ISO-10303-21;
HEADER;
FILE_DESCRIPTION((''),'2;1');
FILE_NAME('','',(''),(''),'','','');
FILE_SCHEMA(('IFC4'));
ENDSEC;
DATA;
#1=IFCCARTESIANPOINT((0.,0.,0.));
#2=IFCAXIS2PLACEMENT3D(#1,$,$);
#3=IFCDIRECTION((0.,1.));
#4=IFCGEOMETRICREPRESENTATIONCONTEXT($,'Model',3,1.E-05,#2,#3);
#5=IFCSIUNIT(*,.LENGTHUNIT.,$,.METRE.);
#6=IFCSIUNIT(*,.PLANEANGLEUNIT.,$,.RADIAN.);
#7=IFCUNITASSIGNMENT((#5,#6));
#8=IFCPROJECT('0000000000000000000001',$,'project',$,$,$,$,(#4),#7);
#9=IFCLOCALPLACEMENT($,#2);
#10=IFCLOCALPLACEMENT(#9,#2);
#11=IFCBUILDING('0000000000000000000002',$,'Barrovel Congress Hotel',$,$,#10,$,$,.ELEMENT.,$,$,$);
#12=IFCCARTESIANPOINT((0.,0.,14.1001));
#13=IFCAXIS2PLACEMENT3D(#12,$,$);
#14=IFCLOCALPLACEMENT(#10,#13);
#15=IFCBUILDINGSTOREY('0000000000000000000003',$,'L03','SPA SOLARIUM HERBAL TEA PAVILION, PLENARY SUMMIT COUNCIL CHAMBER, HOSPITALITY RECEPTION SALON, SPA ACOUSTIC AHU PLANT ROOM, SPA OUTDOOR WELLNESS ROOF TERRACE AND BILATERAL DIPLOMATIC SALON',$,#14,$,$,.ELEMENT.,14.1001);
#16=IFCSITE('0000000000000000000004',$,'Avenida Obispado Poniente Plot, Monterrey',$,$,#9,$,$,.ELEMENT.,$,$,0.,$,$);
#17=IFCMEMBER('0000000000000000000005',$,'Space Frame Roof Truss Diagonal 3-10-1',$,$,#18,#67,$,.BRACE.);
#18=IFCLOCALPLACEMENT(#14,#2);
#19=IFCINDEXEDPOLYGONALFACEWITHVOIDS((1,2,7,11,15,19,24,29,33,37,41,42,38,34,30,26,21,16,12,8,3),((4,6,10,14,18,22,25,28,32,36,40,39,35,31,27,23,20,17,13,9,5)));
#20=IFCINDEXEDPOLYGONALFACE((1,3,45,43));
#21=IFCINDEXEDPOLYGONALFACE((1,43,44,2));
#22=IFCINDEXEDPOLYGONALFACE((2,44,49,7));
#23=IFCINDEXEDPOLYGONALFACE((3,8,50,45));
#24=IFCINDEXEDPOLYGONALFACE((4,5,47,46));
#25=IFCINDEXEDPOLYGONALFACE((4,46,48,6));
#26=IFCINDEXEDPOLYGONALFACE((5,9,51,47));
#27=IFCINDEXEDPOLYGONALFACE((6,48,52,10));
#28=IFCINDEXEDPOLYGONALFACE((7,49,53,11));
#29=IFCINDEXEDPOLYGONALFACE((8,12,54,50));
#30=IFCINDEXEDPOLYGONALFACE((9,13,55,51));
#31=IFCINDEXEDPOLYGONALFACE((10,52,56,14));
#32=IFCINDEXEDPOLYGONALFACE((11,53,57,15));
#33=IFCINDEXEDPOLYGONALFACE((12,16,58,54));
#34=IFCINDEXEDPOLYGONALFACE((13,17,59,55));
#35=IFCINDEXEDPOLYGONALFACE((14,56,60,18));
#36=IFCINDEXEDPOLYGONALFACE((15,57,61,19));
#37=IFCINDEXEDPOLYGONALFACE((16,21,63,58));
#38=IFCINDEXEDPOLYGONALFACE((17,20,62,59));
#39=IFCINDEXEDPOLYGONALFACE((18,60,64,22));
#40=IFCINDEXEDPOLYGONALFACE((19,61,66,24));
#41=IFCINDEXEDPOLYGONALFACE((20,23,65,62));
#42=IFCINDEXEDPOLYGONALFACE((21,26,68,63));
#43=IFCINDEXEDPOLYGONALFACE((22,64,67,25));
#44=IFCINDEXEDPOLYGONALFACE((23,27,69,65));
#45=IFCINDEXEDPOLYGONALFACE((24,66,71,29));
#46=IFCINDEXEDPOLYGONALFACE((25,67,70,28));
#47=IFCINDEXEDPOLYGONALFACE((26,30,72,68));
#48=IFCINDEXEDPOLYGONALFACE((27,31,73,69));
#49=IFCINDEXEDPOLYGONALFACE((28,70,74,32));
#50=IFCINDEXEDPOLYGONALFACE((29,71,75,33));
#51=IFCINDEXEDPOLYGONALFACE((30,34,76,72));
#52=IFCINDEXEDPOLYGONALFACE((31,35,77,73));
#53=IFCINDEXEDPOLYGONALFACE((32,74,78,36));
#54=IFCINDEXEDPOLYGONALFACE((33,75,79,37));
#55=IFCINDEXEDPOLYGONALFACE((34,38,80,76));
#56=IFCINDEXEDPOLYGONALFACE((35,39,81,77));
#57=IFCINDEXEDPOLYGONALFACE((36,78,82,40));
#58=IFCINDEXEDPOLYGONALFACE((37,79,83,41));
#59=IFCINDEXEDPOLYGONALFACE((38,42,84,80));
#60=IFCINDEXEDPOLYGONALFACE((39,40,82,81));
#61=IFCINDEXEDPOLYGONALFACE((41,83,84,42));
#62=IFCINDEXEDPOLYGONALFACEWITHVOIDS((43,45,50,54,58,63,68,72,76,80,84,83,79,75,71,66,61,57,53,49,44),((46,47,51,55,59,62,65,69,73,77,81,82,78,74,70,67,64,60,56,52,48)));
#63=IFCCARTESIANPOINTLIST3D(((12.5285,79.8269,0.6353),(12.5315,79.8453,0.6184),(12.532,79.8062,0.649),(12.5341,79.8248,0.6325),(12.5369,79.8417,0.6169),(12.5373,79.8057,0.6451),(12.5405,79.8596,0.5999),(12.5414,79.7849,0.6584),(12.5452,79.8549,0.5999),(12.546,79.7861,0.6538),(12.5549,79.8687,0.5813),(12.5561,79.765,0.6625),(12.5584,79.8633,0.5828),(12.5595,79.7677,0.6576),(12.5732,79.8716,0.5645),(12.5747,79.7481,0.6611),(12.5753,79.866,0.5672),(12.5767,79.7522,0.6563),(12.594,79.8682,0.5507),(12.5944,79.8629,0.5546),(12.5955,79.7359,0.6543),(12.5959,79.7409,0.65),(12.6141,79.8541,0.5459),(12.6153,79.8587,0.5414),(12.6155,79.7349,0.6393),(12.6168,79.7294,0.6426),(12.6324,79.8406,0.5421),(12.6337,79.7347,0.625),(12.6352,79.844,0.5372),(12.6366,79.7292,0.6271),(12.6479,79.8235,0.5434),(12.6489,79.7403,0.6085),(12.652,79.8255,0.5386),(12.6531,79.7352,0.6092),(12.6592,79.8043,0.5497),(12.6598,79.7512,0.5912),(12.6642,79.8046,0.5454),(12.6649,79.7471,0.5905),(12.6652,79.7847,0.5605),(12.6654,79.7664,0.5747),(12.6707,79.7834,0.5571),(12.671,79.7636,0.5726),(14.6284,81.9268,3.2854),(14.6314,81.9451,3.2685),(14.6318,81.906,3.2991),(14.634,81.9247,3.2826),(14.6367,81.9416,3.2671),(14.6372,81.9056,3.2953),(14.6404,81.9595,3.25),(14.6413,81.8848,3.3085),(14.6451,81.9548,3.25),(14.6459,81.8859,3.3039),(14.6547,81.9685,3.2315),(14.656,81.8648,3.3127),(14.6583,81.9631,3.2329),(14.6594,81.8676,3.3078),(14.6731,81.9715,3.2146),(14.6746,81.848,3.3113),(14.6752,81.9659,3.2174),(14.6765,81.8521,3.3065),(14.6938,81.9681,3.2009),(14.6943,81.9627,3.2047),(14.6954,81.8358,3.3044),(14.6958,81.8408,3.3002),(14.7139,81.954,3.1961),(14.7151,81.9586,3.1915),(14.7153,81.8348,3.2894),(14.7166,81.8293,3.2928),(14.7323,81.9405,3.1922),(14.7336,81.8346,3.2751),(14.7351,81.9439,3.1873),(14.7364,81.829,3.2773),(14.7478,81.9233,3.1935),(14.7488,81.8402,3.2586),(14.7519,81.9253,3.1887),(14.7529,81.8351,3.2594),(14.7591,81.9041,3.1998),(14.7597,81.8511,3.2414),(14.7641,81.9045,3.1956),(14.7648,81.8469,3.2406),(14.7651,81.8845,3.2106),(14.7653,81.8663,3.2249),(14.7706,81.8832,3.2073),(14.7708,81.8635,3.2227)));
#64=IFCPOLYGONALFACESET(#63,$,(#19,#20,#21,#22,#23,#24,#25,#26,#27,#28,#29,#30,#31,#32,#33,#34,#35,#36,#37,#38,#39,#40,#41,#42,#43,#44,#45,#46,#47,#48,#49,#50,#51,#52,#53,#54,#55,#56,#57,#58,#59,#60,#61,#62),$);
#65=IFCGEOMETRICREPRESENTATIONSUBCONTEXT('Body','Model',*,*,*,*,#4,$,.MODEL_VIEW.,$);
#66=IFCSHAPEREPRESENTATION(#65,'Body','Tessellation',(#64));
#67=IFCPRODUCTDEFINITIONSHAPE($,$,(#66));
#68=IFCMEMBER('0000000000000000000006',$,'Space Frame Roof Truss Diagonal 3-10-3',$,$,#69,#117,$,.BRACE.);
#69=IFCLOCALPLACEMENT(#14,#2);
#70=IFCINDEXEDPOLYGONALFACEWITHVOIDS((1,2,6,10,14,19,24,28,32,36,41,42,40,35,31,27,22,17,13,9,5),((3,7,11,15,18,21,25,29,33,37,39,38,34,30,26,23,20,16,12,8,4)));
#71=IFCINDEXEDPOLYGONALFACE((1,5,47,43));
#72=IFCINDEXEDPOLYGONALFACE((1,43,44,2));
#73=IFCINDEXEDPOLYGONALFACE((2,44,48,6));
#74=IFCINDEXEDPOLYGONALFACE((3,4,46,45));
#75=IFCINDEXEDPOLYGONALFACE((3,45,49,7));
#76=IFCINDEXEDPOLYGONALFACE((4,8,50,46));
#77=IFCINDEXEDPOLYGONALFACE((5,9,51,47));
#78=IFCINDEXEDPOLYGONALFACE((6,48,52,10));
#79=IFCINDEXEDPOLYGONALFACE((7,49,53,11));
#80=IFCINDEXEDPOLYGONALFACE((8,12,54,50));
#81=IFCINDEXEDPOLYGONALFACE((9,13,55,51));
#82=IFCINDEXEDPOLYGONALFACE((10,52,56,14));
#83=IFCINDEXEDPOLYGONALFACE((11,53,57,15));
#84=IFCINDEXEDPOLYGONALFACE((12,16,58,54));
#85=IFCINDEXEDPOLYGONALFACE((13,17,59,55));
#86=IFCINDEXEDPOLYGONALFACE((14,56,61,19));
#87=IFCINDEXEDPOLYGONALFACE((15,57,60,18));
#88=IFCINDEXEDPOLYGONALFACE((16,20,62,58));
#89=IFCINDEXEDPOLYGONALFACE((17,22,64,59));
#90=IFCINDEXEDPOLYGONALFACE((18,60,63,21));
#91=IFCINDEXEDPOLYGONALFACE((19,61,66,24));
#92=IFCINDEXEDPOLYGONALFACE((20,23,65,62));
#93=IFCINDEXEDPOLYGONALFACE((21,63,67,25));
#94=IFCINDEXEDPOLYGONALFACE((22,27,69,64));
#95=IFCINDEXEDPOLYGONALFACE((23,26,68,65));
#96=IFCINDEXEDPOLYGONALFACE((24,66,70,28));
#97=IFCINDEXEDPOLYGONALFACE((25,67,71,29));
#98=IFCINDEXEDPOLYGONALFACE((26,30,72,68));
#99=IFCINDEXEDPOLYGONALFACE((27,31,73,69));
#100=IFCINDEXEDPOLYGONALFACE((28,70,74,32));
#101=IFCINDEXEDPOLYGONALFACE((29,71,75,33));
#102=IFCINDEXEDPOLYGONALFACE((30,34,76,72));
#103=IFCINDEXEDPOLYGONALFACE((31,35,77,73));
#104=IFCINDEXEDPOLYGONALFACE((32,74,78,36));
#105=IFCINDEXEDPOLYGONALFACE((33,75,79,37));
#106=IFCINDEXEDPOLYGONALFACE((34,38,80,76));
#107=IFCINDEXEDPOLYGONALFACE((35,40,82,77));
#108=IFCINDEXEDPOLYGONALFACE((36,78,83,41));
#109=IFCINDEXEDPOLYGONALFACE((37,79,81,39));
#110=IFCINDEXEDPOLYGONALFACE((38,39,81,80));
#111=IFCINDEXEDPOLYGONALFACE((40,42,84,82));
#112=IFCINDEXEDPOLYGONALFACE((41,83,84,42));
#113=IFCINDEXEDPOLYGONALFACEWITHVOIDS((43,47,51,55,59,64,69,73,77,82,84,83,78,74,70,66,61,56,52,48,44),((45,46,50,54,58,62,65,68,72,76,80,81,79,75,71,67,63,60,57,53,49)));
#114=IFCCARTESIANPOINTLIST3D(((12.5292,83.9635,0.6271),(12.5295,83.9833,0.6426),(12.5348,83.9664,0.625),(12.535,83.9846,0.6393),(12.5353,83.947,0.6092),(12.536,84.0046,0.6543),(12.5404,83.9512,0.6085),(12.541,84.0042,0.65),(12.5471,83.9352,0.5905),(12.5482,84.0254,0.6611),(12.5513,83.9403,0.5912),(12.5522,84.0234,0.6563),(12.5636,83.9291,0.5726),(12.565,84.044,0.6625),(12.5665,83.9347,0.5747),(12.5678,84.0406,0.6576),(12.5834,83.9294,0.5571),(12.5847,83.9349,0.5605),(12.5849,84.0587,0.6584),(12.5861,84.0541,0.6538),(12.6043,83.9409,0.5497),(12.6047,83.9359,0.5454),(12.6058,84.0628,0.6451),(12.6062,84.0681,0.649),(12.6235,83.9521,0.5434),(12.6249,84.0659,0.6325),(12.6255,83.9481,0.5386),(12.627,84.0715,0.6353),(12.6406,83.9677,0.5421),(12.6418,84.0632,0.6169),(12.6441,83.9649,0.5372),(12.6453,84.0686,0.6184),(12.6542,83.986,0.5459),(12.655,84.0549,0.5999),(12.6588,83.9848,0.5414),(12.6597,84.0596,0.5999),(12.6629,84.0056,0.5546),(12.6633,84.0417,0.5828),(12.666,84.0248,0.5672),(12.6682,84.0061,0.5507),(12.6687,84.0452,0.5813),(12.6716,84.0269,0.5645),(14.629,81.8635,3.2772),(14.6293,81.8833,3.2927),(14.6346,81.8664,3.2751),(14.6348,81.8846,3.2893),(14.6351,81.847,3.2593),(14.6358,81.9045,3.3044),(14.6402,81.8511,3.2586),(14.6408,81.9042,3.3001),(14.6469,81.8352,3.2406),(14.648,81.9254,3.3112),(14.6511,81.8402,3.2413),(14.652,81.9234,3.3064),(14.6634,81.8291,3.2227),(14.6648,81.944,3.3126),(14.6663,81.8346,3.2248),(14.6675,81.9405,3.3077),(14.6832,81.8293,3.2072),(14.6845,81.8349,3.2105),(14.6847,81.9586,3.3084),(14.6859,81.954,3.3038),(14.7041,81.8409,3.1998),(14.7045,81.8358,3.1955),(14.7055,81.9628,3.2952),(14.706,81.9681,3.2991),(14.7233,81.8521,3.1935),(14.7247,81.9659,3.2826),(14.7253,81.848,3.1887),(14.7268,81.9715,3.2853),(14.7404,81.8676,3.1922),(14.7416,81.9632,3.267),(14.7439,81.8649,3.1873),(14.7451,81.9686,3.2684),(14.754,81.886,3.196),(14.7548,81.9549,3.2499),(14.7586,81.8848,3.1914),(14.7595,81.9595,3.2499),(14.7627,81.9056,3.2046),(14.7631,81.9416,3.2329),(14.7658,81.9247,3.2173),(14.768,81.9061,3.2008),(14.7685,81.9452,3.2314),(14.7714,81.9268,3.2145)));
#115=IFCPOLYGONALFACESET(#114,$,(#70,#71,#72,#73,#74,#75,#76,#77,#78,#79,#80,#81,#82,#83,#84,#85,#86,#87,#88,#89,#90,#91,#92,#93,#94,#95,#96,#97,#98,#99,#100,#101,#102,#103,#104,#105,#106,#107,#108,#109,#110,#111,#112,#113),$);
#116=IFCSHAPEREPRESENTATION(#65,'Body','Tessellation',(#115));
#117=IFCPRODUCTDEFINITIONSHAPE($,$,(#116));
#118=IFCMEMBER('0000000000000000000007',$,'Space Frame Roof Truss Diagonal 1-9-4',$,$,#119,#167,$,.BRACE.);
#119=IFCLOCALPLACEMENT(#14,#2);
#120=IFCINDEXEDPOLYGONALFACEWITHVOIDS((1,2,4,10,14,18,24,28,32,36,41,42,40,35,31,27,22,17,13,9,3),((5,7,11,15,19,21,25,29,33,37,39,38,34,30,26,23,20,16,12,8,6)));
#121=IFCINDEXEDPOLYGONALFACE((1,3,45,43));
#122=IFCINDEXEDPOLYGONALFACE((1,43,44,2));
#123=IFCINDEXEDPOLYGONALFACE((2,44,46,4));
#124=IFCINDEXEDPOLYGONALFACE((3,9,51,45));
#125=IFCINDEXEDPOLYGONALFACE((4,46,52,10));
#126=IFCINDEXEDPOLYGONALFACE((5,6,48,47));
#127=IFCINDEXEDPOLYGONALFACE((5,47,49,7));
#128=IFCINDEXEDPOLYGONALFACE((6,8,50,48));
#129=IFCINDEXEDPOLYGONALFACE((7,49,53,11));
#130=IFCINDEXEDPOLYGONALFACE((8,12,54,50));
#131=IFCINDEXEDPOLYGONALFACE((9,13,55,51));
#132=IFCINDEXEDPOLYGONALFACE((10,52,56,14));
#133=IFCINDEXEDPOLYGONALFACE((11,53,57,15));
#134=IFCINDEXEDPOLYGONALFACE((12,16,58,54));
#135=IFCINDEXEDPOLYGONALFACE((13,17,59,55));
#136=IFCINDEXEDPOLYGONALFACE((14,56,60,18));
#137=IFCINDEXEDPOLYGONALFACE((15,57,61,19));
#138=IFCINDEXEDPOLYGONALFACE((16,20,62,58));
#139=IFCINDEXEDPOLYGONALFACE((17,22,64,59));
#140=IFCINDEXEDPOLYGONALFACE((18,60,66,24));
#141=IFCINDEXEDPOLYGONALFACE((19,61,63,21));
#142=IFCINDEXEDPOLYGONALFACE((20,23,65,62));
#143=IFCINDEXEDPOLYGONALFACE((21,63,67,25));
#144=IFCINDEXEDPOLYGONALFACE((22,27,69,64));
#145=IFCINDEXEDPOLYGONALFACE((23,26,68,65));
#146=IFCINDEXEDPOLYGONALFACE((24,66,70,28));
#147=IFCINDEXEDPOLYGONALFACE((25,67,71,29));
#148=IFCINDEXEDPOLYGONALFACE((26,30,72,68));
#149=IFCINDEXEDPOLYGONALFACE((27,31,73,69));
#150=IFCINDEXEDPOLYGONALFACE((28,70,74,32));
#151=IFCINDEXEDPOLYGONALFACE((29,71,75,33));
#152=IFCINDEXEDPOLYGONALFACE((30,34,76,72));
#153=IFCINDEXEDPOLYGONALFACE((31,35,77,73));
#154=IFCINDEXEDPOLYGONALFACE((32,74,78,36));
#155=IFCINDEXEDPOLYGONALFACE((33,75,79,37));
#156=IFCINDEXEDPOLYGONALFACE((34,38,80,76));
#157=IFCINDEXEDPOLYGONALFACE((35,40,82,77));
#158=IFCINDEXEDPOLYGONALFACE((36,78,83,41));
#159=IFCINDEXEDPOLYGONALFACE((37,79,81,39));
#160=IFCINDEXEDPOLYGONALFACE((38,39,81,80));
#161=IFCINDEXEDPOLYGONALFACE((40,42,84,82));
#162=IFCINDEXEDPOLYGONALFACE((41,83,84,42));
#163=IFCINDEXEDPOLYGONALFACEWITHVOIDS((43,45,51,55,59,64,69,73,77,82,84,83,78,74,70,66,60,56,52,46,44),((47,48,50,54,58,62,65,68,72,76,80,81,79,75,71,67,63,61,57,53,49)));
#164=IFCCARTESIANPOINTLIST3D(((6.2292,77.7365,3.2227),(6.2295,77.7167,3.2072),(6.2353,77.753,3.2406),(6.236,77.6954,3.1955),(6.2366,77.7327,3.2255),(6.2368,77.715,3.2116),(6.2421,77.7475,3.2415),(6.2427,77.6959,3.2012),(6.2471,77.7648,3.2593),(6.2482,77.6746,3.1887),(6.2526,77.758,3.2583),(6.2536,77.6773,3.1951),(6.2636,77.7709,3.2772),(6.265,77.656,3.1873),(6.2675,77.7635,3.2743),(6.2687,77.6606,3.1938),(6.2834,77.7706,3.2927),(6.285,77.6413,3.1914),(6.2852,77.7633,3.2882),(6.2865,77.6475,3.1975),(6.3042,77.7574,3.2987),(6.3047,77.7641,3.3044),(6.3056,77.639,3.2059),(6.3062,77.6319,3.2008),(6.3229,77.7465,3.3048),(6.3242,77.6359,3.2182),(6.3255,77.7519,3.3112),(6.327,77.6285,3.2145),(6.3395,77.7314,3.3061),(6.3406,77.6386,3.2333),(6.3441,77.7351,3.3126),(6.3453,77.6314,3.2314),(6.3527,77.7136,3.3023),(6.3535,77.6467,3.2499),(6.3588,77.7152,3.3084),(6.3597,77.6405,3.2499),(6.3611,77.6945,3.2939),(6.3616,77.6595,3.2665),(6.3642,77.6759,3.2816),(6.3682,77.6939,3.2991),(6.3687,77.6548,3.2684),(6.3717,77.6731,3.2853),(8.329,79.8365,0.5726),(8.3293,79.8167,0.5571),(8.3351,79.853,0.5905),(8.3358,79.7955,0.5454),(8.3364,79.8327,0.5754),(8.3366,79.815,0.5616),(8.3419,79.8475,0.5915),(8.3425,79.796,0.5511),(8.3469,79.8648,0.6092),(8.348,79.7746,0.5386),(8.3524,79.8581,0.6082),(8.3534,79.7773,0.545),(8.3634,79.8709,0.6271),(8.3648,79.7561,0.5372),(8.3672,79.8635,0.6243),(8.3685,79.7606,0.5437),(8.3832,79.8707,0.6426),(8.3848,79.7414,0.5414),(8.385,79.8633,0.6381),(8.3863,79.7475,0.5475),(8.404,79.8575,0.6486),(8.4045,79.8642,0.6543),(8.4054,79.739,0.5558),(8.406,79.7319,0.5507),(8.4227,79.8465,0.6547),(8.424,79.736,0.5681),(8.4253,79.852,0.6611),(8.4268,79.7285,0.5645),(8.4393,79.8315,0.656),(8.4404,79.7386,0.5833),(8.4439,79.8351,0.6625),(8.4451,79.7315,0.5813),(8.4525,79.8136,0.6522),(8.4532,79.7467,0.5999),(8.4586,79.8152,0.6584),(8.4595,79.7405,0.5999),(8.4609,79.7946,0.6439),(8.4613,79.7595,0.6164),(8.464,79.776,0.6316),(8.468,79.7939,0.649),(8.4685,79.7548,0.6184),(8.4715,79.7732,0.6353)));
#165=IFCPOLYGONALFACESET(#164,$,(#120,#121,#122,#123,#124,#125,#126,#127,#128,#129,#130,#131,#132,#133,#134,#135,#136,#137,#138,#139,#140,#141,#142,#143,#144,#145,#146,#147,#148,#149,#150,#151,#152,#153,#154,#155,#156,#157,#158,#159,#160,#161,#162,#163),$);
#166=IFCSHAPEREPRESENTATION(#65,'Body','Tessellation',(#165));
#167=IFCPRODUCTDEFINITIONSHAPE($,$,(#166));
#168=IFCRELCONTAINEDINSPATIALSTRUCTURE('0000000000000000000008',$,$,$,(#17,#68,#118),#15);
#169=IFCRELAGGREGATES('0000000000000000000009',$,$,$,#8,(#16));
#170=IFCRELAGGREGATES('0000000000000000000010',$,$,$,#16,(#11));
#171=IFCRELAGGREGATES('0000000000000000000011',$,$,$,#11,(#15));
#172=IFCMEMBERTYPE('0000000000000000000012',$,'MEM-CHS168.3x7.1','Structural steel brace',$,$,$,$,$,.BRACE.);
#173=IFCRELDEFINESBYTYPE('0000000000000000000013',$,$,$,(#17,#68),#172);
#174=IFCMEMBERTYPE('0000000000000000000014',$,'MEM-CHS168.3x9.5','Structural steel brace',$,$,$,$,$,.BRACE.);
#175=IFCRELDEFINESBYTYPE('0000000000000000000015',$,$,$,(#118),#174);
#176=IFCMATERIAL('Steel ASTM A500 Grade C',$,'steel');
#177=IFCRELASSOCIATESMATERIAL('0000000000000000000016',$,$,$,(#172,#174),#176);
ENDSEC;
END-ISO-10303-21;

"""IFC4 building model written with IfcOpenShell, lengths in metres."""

from ifc_helpers import new_model, si_unit, direction, frame, origin, origin_2d, place, context, subcontext, project, spatial, hollow_circle, extrude, material, material_profile, profile_set, type_object, element, save


model = new_model("IFC4")

# Units and contexts
model_context = context("Model", 3, precision=1e-05, world=origin(), true_north=direction((0.0, 1.0)))
body_context = subcontext(model_context, "Body", "Model", "MODEL_VIEW")
ifc_project = project(units=[si_unit("LENGTHUNIT", "METRE"), si_unit("PLANEANGLEUNIT", "RADIAN")], contexts=[model_context])

# Site, building, storey
site_placement = place(None, origin())
site = spatial("IfcSite", under=ifc_project, at=site_placement, Name="Avenida Obispado Poniente Plot, Monterrey", CompositionType="ELEMENT", RefElevation=0.0)
building_placement = place(site_placement, origin())
building = spatial("IfcBuilding", under=site, at=building_placement, Name="Barrovel Congress Hotel", CompositionType="ELEMENT")
storey_placement = place(building_placement, frame((0.0, 0.0, 14.1001)))
storey = spatial("IfcBuildingStorey", under=building, at=storey_placement, Name="L03", Description="SPA SOLARIUM HERBAL TEA PAVILION, PLENARY SUMMIT COUNCIL CHAMBER, HOSPITALITY RECEPTION SALON, SPA ACOUSTIC AHU PLANT ROOM, SPA OUTDOOR WELLNESS ROOF TERRACE AND BILATERAL DIPLOMATIC SALON", CompositionType="ELEMENT", Elevation=14.1001)

# Members
ifc_material_1 = material(Name="Steel ASTM A500 Grade C", Category="steel")
ifc_material_profile_1 = material_profile(ifc_material_1, hollow_circle(Radius=0.0842, WallThickness=0.0066, at=origin_2d()), Name="CHS168.3x7.1")
ifc_profile_set_1 = profile_set([ifc_material_profile_1], Name="Steel ASTM A500 Grade C")
member_type_1 = type_object("IfcMemberType", Name="MEM-CHS168.3x7.1", Description="Structural steel brace", PredefinedType="BRACE", material=ifc_profile_set_1)
for number, where, z_axis, x_axis, name in (
    (1, (12.6001, 79.8, 0.5999), (0.527574, 0.527574, 0.665831), (-0.707107, 0.707107, 0.0), "Space Frame Roof Truss Diagonal 3-10-1"),
    (2, (12.6001, 84.0, 0.5999), (0.527557, -0.527618, 0.66581), (0.707148, 0.707066, 0.0), "Space Frame Roof Truss Diagonal 3-10-3"),
):
    element("IfcMember", number, at=place(storey_placement, frame(where, z_axis=z_axis, x_axis=x_axis)), inside=storey, type_object=member_type_1, Name=name, PredefinedType="BRACE", context=body_context, shape_type="SweptSolid", body=[
        extrude(hollow_circle(Radius=0.0842, WallThickness=0.0066, at=origin_2d()), origin(), (0.0, 0.0, 1.0), 3.9802),
    ])
ifc_material_profile_2 = material_profile(ifc_material_1, hollow_circle(Radius=0.0842, WallThickness=0.0088, at=origin_2d()), Name="CHS168.3x9.5")
ifc_profile_set_2 = profile_set([ifc_material_profile_2], Name="Steel ASTM A500 Grade C")
member_type_2 = type_object("IfcMemberType", Name="MEM-CHS168.3x9.5", Description="Structural steel brace", PredefinedType="BRACE", material=ifc_profile_set_2)
for number, where, z_axis, x_axis, name in (
    (3, (8.3999, 79.8, 0.5999), (-0.527557, -0.527618, 0.66581), (0.707148, -0.707066, 0.0), "Space Frame Roof Truss Diagonal 1-9-4"),
):
    element("IfcMember", number, at=place(storey_placement, frame(where, z_axis=z_axis, x_axis=x_axis)), inside=storey, type_object=member_type_2, Name=name, PredefinedType="BRACE", context=body_context, shape_type="SweptSolid", body=[
        extrude(hollow_circle(Radius=0.0842, WallThickness=0.0088, at=origin_2d()), origin(), (0.0, 0.0, 1.0), 3.9802),
    ])

save(model, "model.ifc")
